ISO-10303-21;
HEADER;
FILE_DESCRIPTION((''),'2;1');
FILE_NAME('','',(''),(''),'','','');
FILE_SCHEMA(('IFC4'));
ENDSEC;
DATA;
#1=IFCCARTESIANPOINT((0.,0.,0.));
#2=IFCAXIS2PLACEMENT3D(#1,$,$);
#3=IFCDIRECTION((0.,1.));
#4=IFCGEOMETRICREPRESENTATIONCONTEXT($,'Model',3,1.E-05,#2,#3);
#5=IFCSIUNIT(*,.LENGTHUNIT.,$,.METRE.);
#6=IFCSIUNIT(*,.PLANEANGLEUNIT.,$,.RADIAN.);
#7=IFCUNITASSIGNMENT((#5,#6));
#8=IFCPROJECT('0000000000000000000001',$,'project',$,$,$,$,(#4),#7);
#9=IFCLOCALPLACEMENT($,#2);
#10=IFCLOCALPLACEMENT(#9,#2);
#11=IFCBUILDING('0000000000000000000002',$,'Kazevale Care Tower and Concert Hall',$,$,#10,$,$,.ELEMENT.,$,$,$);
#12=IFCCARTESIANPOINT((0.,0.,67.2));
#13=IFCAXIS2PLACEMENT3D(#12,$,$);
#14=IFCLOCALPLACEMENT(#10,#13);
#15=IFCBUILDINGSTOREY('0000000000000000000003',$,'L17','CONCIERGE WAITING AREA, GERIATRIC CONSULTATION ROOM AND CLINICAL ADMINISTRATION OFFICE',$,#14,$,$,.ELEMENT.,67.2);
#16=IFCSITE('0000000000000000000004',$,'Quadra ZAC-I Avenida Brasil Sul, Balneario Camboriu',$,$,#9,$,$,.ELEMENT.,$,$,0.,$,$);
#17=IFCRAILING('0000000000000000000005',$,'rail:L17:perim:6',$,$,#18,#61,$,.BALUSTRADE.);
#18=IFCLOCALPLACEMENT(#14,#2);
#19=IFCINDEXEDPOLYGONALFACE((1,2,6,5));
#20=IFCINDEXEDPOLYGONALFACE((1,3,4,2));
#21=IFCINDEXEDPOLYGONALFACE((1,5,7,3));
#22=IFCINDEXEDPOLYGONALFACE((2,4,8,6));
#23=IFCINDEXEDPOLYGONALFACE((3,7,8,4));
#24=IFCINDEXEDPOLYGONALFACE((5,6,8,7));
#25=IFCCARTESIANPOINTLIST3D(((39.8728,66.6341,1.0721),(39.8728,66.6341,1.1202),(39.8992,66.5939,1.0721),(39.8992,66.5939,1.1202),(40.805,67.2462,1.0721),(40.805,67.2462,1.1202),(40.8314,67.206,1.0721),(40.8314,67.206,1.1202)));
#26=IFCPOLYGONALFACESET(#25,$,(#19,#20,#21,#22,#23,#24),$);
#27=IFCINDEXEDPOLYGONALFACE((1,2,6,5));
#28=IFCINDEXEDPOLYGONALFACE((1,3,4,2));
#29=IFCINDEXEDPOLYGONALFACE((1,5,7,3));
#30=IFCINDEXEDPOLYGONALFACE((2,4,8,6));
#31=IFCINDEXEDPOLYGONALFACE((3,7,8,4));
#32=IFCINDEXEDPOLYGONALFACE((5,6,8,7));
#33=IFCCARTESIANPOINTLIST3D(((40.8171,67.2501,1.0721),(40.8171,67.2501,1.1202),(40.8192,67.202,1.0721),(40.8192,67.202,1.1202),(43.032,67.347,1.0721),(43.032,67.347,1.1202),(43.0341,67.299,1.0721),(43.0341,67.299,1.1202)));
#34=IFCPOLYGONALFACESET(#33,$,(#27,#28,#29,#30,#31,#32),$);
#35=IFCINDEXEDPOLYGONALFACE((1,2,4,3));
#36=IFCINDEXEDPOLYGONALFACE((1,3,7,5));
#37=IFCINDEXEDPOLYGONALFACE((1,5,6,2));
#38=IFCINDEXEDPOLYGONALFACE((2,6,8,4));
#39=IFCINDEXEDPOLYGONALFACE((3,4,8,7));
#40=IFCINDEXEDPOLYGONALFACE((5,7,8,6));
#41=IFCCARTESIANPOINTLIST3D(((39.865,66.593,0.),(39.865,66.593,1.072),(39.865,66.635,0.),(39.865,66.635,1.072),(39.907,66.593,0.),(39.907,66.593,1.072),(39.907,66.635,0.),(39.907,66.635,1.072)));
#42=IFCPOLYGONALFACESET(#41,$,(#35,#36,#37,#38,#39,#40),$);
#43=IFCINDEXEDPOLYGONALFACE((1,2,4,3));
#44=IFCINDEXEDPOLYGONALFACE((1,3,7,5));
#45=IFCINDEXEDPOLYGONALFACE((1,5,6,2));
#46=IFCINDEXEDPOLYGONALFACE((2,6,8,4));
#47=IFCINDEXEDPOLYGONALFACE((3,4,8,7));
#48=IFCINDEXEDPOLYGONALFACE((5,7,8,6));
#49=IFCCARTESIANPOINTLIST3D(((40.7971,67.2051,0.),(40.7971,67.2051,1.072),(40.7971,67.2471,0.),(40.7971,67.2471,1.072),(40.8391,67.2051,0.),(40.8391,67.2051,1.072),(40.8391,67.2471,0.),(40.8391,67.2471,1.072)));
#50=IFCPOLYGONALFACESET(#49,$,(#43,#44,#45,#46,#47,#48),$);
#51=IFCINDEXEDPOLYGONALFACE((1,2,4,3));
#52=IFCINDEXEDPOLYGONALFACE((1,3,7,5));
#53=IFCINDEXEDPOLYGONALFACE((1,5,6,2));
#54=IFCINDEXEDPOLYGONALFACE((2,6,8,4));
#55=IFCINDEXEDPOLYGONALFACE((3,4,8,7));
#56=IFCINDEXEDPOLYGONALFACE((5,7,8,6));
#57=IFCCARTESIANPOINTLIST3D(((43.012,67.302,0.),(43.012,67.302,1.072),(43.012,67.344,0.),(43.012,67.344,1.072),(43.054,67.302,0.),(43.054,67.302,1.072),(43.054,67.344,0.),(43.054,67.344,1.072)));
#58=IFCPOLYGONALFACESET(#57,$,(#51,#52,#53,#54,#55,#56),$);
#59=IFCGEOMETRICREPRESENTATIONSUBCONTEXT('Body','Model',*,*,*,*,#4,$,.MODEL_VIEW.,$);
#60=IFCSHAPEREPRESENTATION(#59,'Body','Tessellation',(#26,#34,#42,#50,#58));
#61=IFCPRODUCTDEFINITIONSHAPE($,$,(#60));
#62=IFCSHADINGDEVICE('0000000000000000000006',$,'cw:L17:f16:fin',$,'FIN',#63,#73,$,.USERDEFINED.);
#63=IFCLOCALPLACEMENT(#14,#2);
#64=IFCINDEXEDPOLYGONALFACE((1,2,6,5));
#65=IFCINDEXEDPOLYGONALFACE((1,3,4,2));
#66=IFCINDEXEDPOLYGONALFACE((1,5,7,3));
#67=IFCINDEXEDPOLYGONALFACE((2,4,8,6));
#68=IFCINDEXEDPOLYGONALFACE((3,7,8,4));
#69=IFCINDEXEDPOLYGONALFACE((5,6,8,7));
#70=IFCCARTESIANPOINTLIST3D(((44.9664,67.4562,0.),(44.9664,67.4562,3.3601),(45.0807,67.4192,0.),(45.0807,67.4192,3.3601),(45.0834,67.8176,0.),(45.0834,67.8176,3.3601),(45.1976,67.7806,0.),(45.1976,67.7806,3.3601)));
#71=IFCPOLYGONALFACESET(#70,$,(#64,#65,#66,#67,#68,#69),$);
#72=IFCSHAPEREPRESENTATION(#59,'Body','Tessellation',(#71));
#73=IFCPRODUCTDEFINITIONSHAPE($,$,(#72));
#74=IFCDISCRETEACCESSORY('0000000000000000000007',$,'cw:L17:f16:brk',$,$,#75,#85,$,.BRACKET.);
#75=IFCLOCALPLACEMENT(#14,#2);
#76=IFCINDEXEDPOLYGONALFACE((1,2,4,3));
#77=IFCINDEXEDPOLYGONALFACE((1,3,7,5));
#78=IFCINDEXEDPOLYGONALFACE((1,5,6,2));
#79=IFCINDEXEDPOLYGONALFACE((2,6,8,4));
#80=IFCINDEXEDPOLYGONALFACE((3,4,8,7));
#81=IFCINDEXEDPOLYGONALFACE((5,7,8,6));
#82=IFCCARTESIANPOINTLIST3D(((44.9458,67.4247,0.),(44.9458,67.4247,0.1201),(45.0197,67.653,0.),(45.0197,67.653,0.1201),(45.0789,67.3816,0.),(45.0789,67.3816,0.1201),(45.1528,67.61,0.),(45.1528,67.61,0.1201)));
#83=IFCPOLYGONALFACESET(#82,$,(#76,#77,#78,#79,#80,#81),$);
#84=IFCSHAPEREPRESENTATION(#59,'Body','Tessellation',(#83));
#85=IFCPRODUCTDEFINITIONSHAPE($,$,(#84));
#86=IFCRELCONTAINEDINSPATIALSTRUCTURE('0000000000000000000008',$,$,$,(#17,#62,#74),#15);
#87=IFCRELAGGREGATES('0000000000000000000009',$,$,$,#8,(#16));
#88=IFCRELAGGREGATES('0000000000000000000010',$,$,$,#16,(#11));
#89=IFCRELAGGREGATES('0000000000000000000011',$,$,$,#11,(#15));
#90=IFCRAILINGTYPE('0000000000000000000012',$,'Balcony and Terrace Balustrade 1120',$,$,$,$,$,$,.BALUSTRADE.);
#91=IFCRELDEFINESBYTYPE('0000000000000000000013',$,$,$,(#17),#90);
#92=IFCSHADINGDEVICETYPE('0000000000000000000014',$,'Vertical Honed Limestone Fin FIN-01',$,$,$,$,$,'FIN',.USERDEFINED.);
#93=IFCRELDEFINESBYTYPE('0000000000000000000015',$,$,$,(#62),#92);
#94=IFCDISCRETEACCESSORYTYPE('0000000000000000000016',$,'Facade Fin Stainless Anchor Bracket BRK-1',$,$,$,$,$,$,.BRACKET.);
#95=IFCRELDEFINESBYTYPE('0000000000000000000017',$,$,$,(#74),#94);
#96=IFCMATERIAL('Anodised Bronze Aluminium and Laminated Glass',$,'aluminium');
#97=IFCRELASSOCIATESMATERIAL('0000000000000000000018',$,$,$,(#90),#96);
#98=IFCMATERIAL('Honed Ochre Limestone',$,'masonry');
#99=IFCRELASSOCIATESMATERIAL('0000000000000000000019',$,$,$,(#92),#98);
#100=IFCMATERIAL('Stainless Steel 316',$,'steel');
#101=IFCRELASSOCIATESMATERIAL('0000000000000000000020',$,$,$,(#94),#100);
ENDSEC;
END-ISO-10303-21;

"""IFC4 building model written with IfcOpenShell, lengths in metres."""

from ifc_helpers import new_model, si_unit, direction, frame, origin, origin_2d, place, context, subcontext, project, spatial, rectangle, extrude, material, type_object, element, save


model = new_model("IFC4")

# Units and contexts
model_context = context("Model", 3, precision=1e-05, world=origin(), true_north=direction((0.0, 1.0)))
body_context = subcontext(model_context, "Body", "Model", "MODEL_VIEW")
ifc_project = project(units=[si_unit("LENGTHUNIT", "METRE"), si_unit("PLANEANGLEUNIT", "RADIAN")], contexts=[model_context])

# Site, building, storey
site_placement = place(None, origin())
site = spatial("IfcSite", under=ifc_project, at=site_placement, Name="Quadra ZAC-I Avenida Brasil Sul, Balneario Camboriu", CompositionType="ELEMENT", RefElevation=0.0)
building_placement = place(site_placement, origin())
building = spatial("IfcBuilding", under=site, at=building_placement, Name="Kazevale Care Tower and Concert Hall", CompositionType="ELEMENT")
storey_placement = place(building_placement, frame((0.0, 0.0, 67.2)))
storey = spatial("IfcBuildingStorey", under=building, at=storey_placement, Name="L17", Description="CONCIERGE WAITING AREA, GERIATRIC CONSULTATION ROOM AND CLINICAL ADMINISTRATION OFFICE", CompositionType="ELEMENT", Elevation=67.2)

# Railing
ifc_material_1 = material(Name="Anodised Bronze Aluminium and Laminated Glass", Category="aluminium")
railing_type = type_object("IfcRailingType", Name="Balcony and Terrace Balustrade 1120", PredefinedType="BALUSTRADE", material=ifc_material_1)
railing_placement = place(storey_placement, frame((39.886, 66.614, 0.0)))
element("IfcRailing", 1, at=railing_placement, inside=storey, type_object=railing_type, Name="rail:L17:perim:6", PredefinedType="BALUSTRADE", context=body_context, shape_type="SweptSolid", body=[
    extrude(rectangle(XDim=0.0481, YDim=0.0481, at=origin_2d()), frame((0.0, 0.0, 1.0962), z_axis=(0.835904, 0.548876, 0.0), x_axis=(-0.548876, 0.835904, 0.0)), (0.0, 0.0, 1.0), 1.1152),
    extrude(rectangle(XDim=0.0481, YDim=0.0481, at=origin_2d()), frame((0.9321, 0.6121, 1.0962), z_axis=(0.999044, 0.043719, 0.0), x_axis=(-0.043719, 0.999044, 0.0)), (0.0, 0.0, 1.0), 2.217),
    extrude(rectangle(XDim=0.042, YDim=0.042, at=origin_2d()), origin(), (0.0, 0.0, 1.0), 1.072),
    extrude(rectangle(XDim=0.042, YDim=0.042, at=origin_2d()), frame((0.9321, 0.6121, 0.0)), (0.0, 0.0, 1.0), 1.072),
    extrude(rectangle(XDim=0.042, YDim=0.042, at=origin_2d()), frame((3.147, 0.709, 0.0)), (0.0, 0.0, 1.0), 1.072),
])

# Shading device
ifc_material_2 = material(Name="Honed Ochre Limestone", Category="masonry")
shading_device_type = type_object("IfcShadingDeviceType", Name="Vertical Honed Limestone Fin FIN-01", ElementType="FIN", PredefinedType="USERDEFINED", material=ifc_material_2)
shading_device_placement = place(storey_placement, frame((45.082, 67.6184, 0.0), z_axis=(0.0, 0.0, 1.0), x_axis=(0.307855, 0.951433, 0.0)))
element("IfcShadingDevice", 2, at=shading_device_placement, inside=storey, type_object=shading_device_type, Name="cw:L17:f16:fin", ObjectType="FIN", PredefinedType="USERDEFINED", context=body_context, shape_type="SweptSolid", body=[
    extrude(rectangle(XDim=0.3799, YDim=0.1201, at=origin_2d()), origin(), (0.0, 0.0, 1.0), 3.3601),
])

# Discrete accessory
ifc_material_3 = material(Name="Stainless Steel 316", Category="steel")
discrete_accessory_type = type_object("IfcDiscreteAccessoryType", Name="Facade Fin Stainless Anchor Bracket BRK-1", PredefinedType="BRACKET", material=ifc_material_3)
discrete_accessory_placement = place(storey_placement, frame((45.0493, 67.5173, 0.0), z_axis=(0.0, 0.0, 1.0), x_axis=(0.307855, 0.951433, 0.0)))
element("IfcDiscreteAccessory", 3, at=discrete_accessory_placement, inside=storey, type_object=discrete_accessory_type, Name="cw:L17:f16:brk", PredefinedType="BRACKET", context=body_context, shape_type="SweptSolid", body=[
    extrude(rectangle(XDim=0.24, YDim=0.1399, at=origin_2d()), origin(), (0.0, 0.0, 1.0), 0.1201),
])

save(model, "model.ifc")
